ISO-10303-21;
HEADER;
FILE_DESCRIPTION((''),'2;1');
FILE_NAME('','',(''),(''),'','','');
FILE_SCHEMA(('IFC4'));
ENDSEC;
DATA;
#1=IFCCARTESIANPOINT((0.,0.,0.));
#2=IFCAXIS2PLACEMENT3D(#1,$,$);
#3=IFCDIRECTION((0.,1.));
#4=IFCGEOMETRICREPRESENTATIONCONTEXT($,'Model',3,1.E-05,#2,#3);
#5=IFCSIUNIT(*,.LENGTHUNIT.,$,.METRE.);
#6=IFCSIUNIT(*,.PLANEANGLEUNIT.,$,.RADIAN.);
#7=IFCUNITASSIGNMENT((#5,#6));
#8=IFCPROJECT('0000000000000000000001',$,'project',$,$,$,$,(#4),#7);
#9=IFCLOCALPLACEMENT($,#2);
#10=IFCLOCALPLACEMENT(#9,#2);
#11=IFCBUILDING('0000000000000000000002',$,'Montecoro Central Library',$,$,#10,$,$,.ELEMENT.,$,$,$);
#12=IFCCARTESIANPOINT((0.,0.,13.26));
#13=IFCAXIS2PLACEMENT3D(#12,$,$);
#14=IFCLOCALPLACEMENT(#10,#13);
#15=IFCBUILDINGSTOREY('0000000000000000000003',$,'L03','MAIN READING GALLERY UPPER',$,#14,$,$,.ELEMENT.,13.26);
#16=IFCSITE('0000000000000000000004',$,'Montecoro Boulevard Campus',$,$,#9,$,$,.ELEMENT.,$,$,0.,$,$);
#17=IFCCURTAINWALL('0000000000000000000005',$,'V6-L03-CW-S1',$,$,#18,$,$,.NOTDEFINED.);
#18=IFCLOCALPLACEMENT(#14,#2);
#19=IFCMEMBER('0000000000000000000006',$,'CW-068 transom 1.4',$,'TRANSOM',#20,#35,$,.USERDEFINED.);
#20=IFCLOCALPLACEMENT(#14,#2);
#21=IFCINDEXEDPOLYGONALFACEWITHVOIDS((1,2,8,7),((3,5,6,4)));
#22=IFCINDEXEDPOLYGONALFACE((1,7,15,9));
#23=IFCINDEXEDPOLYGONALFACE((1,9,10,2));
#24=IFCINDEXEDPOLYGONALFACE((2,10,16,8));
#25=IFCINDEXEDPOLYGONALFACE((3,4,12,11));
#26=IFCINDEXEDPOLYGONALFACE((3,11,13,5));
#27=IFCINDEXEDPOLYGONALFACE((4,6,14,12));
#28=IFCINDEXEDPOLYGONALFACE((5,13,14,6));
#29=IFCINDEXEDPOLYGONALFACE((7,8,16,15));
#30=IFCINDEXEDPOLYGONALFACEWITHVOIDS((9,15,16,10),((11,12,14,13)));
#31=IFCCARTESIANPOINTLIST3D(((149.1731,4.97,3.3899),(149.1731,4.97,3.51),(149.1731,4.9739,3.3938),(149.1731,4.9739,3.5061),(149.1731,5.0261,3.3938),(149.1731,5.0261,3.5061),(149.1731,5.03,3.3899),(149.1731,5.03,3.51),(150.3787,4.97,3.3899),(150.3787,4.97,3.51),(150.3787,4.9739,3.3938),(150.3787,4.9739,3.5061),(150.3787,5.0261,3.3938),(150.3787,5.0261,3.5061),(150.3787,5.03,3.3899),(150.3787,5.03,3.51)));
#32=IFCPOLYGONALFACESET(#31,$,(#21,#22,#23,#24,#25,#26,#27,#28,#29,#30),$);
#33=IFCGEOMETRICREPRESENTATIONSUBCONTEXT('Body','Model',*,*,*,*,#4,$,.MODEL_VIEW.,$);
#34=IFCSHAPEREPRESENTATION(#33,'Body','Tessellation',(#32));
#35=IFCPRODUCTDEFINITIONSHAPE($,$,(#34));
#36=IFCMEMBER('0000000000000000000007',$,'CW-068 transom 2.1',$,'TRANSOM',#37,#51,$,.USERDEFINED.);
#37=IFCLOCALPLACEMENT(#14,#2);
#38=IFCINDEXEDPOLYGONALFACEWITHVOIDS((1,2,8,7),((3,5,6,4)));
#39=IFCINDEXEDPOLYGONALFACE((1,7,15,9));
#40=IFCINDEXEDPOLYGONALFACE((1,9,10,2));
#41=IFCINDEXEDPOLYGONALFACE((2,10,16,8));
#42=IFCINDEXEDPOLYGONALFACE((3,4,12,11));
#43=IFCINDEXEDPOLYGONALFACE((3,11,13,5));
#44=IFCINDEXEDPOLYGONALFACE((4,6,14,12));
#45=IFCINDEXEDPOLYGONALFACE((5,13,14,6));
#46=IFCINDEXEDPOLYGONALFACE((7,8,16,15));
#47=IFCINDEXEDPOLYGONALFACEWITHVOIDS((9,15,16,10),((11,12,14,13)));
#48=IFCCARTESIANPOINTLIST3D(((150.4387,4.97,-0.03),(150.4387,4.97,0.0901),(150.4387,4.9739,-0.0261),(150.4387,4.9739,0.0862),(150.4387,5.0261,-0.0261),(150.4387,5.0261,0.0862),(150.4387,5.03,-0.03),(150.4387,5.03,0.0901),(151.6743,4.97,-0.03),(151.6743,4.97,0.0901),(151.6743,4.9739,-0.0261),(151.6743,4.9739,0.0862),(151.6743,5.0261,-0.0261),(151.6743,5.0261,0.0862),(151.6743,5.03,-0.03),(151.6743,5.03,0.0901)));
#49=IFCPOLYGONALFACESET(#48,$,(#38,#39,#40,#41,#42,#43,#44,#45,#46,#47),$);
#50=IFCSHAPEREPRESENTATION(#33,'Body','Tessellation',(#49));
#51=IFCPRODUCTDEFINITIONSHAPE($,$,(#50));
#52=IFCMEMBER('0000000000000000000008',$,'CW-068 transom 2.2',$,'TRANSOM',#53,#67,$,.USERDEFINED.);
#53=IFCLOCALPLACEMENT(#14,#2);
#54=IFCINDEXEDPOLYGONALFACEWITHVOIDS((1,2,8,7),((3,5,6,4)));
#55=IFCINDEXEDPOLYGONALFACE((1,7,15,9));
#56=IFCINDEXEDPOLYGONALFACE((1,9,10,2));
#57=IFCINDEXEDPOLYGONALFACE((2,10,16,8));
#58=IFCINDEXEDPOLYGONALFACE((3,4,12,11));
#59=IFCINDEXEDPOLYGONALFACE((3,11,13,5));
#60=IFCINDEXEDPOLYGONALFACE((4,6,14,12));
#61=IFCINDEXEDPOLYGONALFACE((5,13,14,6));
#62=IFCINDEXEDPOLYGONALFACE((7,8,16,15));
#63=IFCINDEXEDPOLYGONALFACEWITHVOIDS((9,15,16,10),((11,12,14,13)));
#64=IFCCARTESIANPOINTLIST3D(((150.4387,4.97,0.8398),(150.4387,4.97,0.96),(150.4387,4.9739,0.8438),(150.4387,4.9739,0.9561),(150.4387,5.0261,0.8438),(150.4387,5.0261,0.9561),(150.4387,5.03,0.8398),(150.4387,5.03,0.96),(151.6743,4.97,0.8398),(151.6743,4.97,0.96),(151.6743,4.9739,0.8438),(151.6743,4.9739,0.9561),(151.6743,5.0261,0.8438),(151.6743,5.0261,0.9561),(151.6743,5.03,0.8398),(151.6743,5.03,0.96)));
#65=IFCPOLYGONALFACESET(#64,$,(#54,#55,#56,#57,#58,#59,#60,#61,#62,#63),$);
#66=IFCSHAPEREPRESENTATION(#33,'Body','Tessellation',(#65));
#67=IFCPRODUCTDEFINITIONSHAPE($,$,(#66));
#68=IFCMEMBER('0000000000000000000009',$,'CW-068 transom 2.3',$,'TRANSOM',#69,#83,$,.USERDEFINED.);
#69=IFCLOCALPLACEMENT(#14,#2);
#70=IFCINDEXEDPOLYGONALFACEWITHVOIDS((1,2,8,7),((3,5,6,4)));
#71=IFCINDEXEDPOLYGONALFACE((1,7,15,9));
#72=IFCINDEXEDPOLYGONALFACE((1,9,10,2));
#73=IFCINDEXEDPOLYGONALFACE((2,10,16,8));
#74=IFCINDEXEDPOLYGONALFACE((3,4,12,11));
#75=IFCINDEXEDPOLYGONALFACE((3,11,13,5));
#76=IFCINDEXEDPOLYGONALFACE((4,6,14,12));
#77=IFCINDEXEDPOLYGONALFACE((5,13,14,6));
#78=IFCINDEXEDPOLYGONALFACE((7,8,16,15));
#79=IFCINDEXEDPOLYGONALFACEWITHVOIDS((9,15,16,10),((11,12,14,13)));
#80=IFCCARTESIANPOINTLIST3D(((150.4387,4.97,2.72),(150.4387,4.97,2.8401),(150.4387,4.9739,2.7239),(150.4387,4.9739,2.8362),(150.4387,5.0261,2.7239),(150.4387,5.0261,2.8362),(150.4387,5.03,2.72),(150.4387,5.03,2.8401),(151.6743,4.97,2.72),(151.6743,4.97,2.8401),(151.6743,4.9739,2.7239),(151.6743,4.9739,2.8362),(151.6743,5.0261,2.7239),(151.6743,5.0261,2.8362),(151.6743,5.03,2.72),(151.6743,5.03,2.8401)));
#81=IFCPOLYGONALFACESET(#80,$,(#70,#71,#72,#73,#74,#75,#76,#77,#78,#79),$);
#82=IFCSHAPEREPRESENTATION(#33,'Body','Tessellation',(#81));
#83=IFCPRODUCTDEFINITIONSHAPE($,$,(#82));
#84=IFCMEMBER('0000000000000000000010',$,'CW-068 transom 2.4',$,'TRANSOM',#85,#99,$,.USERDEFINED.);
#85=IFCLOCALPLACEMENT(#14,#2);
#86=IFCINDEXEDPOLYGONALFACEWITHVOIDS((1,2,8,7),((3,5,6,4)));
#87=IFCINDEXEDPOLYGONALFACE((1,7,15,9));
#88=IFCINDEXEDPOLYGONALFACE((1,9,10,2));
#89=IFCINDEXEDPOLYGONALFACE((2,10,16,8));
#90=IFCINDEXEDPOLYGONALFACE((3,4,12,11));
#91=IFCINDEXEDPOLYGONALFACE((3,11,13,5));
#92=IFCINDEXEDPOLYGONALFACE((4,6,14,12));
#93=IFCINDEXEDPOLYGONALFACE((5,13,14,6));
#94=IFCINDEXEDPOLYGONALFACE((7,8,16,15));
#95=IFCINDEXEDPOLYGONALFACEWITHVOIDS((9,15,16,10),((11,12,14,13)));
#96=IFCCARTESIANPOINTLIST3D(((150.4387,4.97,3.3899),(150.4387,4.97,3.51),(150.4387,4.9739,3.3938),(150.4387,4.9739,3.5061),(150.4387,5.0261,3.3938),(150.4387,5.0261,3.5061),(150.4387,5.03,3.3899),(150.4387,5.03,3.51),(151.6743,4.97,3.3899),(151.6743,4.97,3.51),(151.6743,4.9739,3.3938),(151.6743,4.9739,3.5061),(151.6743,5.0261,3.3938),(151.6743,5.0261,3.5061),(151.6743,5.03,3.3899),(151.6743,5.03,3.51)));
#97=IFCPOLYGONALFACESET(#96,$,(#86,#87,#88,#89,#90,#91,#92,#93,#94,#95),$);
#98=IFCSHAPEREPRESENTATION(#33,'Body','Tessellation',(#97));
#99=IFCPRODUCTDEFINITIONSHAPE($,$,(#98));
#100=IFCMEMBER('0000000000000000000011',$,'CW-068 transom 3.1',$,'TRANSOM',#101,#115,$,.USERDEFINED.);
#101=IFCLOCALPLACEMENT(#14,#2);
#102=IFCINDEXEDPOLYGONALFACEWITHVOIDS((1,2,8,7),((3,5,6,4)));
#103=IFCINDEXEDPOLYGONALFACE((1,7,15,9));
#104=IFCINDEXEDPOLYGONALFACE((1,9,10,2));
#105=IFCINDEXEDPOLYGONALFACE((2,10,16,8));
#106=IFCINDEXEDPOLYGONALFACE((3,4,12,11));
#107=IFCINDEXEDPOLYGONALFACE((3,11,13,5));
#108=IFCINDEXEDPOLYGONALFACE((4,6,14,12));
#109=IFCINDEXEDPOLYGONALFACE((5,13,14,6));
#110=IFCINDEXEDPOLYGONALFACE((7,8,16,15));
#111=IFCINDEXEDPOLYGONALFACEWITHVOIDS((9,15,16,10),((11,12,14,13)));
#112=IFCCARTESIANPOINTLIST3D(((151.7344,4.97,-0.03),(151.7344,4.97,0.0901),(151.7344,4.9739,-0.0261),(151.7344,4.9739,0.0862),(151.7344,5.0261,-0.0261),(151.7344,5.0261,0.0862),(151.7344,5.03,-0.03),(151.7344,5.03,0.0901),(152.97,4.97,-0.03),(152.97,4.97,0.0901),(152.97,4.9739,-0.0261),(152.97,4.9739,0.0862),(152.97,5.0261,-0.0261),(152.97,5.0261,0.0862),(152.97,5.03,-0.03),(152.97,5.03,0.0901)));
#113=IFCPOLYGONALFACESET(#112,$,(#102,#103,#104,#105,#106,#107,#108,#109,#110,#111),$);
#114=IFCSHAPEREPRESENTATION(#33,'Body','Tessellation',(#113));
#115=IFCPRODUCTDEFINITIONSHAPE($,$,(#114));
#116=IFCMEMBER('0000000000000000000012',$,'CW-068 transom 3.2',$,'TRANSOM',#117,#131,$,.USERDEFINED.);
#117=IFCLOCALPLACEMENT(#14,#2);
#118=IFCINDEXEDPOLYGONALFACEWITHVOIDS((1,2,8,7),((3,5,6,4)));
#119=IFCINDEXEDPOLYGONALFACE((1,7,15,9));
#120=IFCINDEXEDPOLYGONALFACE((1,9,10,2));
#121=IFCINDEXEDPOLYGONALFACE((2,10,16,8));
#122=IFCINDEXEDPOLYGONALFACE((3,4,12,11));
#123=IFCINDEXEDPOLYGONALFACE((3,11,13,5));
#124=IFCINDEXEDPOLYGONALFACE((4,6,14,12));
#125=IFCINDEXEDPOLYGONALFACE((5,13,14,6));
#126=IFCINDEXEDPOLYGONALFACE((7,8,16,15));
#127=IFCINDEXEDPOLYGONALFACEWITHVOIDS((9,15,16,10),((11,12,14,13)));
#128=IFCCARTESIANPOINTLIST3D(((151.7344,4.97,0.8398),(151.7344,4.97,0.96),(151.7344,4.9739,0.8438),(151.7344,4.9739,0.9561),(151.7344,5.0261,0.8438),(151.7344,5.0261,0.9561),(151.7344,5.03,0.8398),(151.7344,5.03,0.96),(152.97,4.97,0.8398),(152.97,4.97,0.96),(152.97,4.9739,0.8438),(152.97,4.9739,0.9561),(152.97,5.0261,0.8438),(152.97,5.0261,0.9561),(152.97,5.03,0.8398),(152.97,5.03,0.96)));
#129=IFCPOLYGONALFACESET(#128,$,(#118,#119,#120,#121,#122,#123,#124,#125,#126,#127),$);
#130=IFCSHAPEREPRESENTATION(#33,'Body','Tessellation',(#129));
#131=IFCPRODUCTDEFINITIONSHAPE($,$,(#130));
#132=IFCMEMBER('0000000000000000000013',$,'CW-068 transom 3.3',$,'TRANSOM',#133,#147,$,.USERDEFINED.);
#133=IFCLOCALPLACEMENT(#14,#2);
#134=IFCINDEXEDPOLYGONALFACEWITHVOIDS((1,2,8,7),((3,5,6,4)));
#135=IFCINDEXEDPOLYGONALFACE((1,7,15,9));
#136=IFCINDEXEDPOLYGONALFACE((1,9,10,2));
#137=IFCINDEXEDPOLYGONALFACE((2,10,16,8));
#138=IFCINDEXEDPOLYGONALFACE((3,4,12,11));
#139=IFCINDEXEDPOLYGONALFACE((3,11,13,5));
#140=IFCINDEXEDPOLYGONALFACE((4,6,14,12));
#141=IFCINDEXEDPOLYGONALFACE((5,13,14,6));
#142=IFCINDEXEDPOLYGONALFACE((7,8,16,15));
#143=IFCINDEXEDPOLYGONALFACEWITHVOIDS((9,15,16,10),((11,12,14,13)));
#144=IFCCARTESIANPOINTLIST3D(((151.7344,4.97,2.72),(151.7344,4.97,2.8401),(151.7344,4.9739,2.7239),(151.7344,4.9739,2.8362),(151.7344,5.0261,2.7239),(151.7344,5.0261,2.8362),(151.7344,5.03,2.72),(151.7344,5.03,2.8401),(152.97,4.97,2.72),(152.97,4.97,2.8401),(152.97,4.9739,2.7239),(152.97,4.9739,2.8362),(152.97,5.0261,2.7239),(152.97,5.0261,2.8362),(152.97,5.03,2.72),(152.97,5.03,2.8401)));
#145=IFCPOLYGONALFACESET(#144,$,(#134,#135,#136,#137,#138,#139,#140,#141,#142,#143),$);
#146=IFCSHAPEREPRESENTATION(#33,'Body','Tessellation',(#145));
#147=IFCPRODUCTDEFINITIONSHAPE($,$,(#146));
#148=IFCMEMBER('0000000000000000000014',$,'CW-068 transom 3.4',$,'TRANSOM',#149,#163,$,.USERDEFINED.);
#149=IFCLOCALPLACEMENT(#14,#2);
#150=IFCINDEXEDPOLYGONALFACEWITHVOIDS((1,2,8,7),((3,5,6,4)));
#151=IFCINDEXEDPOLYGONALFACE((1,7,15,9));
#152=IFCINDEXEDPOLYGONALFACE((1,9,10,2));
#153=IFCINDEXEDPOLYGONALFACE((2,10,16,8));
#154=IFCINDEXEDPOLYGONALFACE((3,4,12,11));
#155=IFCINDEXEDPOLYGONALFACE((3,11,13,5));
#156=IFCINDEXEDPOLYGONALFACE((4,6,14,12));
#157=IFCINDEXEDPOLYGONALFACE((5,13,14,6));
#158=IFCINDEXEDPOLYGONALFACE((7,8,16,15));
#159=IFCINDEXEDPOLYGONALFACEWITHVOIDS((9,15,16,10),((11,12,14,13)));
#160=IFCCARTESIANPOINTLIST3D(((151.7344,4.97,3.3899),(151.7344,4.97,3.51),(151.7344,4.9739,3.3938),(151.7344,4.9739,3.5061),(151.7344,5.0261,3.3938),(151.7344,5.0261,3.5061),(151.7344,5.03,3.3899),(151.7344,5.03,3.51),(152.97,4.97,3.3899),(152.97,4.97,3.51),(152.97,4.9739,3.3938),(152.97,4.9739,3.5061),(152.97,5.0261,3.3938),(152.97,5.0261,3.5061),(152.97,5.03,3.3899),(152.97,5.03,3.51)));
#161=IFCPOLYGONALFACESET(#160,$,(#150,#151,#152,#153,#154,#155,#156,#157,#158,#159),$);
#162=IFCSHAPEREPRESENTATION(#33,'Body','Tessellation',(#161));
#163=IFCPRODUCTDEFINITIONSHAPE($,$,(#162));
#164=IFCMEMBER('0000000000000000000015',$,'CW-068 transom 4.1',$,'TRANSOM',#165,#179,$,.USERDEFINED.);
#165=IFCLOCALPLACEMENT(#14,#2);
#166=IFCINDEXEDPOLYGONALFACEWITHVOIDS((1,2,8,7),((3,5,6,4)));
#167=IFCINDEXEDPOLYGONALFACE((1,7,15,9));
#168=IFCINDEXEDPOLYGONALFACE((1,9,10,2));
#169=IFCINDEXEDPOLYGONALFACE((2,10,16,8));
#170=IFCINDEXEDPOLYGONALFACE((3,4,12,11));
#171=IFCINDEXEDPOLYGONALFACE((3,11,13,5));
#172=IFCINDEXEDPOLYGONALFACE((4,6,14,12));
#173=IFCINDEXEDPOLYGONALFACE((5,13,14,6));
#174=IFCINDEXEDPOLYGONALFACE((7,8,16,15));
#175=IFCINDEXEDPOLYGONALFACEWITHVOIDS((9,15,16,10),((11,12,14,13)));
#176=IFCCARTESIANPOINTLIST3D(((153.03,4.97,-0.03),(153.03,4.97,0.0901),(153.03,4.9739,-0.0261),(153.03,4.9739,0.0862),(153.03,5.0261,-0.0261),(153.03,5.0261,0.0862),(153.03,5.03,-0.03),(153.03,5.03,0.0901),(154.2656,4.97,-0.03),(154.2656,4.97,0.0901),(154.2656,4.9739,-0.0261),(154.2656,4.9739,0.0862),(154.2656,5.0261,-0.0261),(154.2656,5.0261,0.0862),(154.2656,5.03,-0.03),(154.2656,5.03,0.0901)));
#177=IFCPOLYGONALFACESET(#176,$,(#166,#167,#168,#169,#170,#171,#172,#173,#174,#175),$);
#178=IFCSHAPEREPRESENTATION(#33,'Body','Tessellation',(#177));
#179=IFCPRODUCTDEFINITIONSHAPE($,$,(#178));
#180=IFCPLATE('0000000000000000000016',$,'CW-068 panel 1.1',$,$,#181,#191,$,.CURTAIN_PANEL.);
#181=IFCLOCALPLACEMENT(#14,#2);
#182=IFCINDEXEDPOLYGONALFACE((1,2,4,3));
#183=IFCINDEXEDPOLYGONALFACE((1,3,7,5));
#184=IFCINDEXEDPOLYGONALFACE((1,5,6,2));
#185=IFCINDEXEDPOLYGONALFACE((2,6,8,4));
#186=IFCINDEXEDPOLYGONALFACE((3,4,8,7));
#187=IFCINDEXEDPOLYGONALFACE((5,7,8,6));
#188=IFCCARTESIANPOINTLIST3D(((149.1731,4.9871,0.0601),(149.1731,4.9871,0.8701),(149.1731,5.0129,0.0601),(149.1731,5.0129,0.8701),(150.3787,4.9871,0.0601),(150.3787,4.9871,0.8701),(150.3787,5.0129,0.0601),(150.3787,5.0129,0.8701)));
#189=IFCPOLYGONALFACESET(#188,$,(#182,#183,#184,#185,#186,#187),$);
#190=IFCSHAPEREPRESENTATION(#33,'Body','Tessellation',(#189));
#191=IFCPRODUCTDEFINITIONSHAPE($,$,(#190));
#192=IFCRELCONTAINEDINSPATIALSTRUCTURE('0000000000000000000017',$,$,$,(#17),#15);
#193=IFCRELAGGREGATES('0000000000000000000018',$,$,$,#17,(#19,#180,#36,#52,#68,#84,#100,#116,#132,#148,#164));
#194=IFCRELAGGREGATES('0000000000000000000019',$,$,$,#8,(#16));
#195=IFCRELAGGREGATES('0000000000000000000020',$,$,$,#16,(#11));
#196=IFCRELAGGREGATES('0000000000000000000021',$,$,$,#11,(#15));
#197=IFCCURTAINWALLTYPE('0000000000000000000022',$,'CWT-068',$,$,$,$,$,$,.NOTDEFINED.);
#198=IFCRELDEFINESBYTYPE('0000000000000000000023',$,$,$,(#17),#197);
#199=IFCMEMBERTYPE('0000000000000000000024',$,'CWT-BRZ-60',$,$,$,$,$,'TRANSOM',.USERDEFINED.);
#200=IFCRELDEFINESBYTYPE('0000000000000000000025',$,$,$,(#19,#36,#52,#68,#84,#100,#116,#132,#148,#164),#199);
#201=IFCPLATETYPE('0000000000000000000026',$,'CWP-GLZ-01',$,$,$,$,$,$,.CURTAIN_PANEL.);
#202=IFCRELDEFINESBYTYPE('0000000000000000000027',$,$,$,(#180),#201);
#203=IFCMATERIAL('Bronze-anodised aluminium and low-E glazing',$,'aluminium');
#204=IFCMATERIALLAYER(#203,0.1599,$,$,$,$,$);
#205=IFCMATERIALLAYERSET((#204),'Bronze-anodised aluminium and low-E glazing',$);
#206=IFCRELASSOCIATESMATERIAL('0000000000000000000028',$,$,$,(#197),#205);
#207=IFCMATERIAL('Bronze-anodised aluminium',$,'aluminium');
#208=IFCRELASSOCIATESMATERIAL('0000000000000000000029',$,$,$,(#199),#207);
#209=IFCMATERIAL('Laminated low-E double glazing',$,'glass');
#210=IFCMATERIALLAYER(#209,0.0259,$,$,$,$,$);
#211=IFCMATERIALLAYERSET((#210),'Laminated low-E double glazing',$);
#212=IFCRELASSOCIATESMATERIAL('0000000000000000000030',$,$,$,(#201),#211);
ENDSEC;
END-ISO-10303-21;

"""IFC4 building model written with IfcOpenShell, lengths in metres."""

from ifc_helpers import new_model, si_unit, direction, frame, origin, origin_2d, place, context, subcontext, project, spatial, rectangle, hollow_rectangle, extrude, material, layer, layer_set, material_profile, profile_set, type_object, element, aggregate, save


model = new_model("IFC4")

# Units and contexts
model_context = context("Model", 3, precision=1e-05, world=origin(), true_north=direction((0.0, 1.0)))
body_context = subcontext(model_context, "Body", "Model", "MODEL_VIEW")
ifc_project = project(units=[si_unit("LENGTHUNIT", "METRE"), si_unit("PLANEANGLEUNIT", "RADIAN")], contexts=[model_context])

# Site, building, storey
site_placement = place(None, origin())
site = spatial("IfcSite", under=ifc_project, at=site_placement, Name="Montecoro Boulevard Campus", CompositionType="ELEMENT", RefElevation=0.0)
building_placement = place(site_placement, origin())
building = spatial("IfcBuilding", under=site, at=building_placement, Name="Montecoro Central Library", CompositionType="ELEMENT")
storey_placement = place(building_placement, frame((0.0, 0.0, 13.26)))
storey = spatial("IfcBuildingStorey", under=building, at=storey_placement, Name="L03", Description="MAIN READING GALLERY UPPER", CompositionType="ELEMENT", Elevation=13.26)

# Curtain wall, members, plate
ifc_material_1 = material(Name="Bronze-anodised aluminium and low-E glazing", Category="aluminium")
ifc_layer_1 = layer(ifc_material_1, 0.1599)
ifc_layer_set_1 = layer_set([ifc_layer_1], Name="Bronze-anodised aluminium and low-E glazing")
curtain_wall_type = type_object("IfcCurtainWallType", Name="CWT-068", PredefinedType="NOTDEFINED", material=ifc_layer_set_1)
curtain_wall_placement = place(storey_placement, origin())
curtain_wall = element("IfcCurtainWall", 1, at=curtain_wall_placement, inside=storey, type_object=curtain_wall_type, Name="V6-L03-CW-S1", PredefinedType="NOTDEFINED")
ifc_material_2 = material(Name="Bronze-anodised aluminium", Category="aluminium")
ifc_material_profile_1 = material_profile(ifc_material_2, hollow_rectangle(XDim=0.0601, YDim=0.1201, WallThickness=0.0039, at=origin_2d()), Name="CWT 120x60x4.0")
ifc_profile_set_1 = profile_set([ifc_material_profile_1], Name="Bronze-anodised aluminium")
member_type_1 = type_object("IfcMemberType", Name="CWT-BRZ-60", ElementType="TRANSOM", PredefinedType="USERDEFINED", material=ifc_profile_set_1)
member_1_placement = place(storey_placement, frame((149.1731, 5.0, 3.45), z_axis=(1.0, 0.0, 0.0), x_axis=(0.0, 1.0, 0.0)))
member_1 = element("IfcMember", 2, at=member_1_placement, type_object=member_type_1, Name="CW-068 transom 1.4", ObjectType="TRANSOM", PredefinedType="USERDEFINED", context=body_context, shape_type="SweptSolid", body=[
    extrude(hollow_rectangle(XDim=0.0601, YDim=0.1201, WallThickness=0.0039, at=origin_2d()), origin(), (0.0, 0.0, 1.0), 1.2056),
])
member_2_placement = place(storey_placement, frame((150.4387, 5.0, 0.03), z_axis=(1.0, 0.0, 0.0), x_axis=(0.0, 1.0, 0.0)))
member_2 = element("IfcMember", 3, at=member_2_placement, type_object=member_type_1, Name="CW-068 transom 2.1", ObjectType="TRANSOM", PredefinedType="USERDEFINED", context=body_context, shape_type="SweptSolid", body=[
    extrude(hollow_rectangle(XDim=0.0601, YDim=0.1201, WallThickness=0.0039, at=origin_2d()), origin(), (0.0, 0.0, 1.0), 1.2356),
])
member_3_placement = place(storey_placement, frame((150.4387, 5.0, 0.8999), z_axis=(1.0, 0.0, 0.0), x_axis=(0.0, 1.0, 0.0)))
member_3 = element("IfcMember", 4, at=member_3_placement, type_object=member_type_1, Name="CW-068 transom 2.2", ObjectType="TRANSOM", PredefinedType="USERDEFINED", context=body_context, shape_type="SweptSolid", body=[
    extrude(hollow_rectangle(XDim=0.0601, YDim=0.1201, WallThickness=0.0039, at=origin_2d()), origin(), (0.0, 0.0, 1.0), 1.2356),
])
member_4_placement = place(storey_placement, frame((150.4387, 5.0, 2.78), z_axis=(1.0, 0.0, 0.0), x_axis=(0.0, 1.0, 0.0)))
member_4 = element("IfcMember", 5, at=member_4_placement, type_object=member_type_1, Name="CW-068 transom 2.3", ObjectType="TRANSOM", PredefinedType="USERDEFINED", context=body_context, shape_type="SweptSolid", body=[
    extrude(hollow_rectangle(XDim=0.0601, YDim=0.1201, WallThickness=0.0039, at=origin_2d()), origin(), (0.0, 0.0, 1.0), 1.2356),
])
member_5_placement = place(storey_placement, frame((150.4387, 5.0, 3.45), z_axis=(1.0, 0.0, 0.0), x_axis=(0.0, 1.0, 0.0)))
member_5 = element("IfcMember", 6, at=member_5_placement, type_object=member_type_1, Name="CW-068 transom 2.4", ObjectType="TRANSOM", PredefinedType="USERDEFINED", context=body_context, shape_type="SweptSolid", body=[
    extrude(hollow_rectangle(XDim=0.0601, YDim=0.1201, WallThickness=0.0039, at=origin_2d()), origin(), (0.0, 0.0, 1.0), 1.2356),
])
member_6_placement = place(storey_placement, frame((151.7344, 5.0, 0.03), z_axis=(1.0, 0.0, 0.0), x_axis=(0.0, 1.0, 0.0)))
member_6 = element("IfcMember", 7, at=member_6_placement, type_object=member_type_1, Name="CW-068 transom 3.1", ObjectType="TRANSOM", PredefinedType="USERDEFINED", context=body_context, shape_type="SweptSolid", body=[
    extrude(hollow_rectangle(XDim=0.0601, YDim=0.1201, WallThickness=0.0039, at=origin_2d()), origin(), (0.0, 0.0, 1.0), 1.2356),
])
member_7_placement = place(storey_placement, frame((151.7344, 5.0, 0.8999), z_axis=(1.0, 0.0, 0.0), x_axis=(0.0, 1.0, 0.0)))
member_7 = element("IfcMember", 8, at=member_7_placement, type_object=member_type_1, Name="CW-068 transom 3.2", ObjectType="TRANSOM", PredefinedType="USERDEFINED", context=body_context, shape_type="SweptSolid", body=[
    extrude(hollow_rectangle(XDim=0.0601, YDim=0.1201, WallThickness=0.0039, at=origin_2d()), origin(), (0.0, 0.0, 1.0), 1.2356),
])
member_8_placement = place(storey_placement, frame((151.7344, 5.0, 2.78), z_axis=(1.0, 0.0, 0.0), x_axis=(0.0, 1.0, 0.0)))
member_8 = element("IfcMember", 9, at=member_8_placement, type_object=member_type_1, Name="CW-068 transom 3.3", ObjectType="TRANSOM", PredefinedType="USERDEFINED", context=body_context, shape_type="SweptSolid", body=[
    extrude(hollow_rectangle(XDim=0.0601, YDim=0.1201, WallThickness=0.0039, at=origin_2d()), origin(), (0.0, 0.0, 1.0), 1.2356),
])
member_9_placement = place(storey_placement, frame((151.7344, 5.0, 3.45), z_axis=(1.0, 0.0, 0.0), x_axis=(0.0, 1.0, 0.0)))
member_9 = element("IfcMember", 10, at=member_9_placement, type_object=member_type_1, Name="CW-068 transom 3.4", ObjectType="TRANSOM", PredefinedType="USERDEFINED", context=body_context, shape_type="SweptSolid", body=[
    extrude(hollow_rectangle(XDim=0.0601, YDim=0.1201, WallThickness=0.0039, at=origin_2d()), origin(), (0.0, 0.0, 1.0), 1.2356),
])
member_10_placement = place(storey_placement, frame((153.03, 5.0, 0.03), z_axis=(1.0, 0.0, 0.0), x_axis=(0.0, 1.0, 0.0)))
member_10 = element("IfcMember", 11, at=member_10_placement, type_object=member_type_1, Name="CW-068 transom 4.1", ObjectType="TRANSOM", PredefinedType="USERDEFINED", context=body_context, shape_type="SweptSolid", body=[
    extrude(hollow_rectangle(XDim=0.0601, YDim=0.1201, WallThickness=0.0039, at=origin_2d()), origin(), (0.0, 0.0, 1.0), 1.2356),
])
ifc_material_3 = material(Name="Laminated low-E double glazing", Category="glass")
ifc_layer_2 = layer(ifc_material_3, 0.0259)
ifc_layer_set_2 = layer_set([ifc_layer_2], Name="Laminated low-E double glazing")
plate_type_1 = type_object("IfcPlateType", Name="CWP-GLZ-01", PredefinedType="CURTAIN_PANEL", material=ifc_layer_set_2)
plate_1_placement = place(storey_placement, frame((149.7759, 5.0, 0.0601), z_axis=(0.0, 0.0, 1.0), x_axis=(1.0, 0.0, 0.0)))
plate_1 = element("IfcPlate", 12, at=plate_1_placement, type_object=plate_type_1, Name="CW-068 panel 1.1", PredefinedType="CURTAIN_PANEL", context=body_context, shape_type="SweptSolid", body=[
    extrude(rectangle(XDim=1.2056, YDim=0.0259, at=origin_2d()), origin(), (0.0, 0.0, 1.0), 0.8101),
])
aggregate(curtain_wall, [member_1, plate_1, member_2, member_3, member_4, member_5, member_6, member_7, member_8, member_9, member_10])

save(model, "model.ifc")
